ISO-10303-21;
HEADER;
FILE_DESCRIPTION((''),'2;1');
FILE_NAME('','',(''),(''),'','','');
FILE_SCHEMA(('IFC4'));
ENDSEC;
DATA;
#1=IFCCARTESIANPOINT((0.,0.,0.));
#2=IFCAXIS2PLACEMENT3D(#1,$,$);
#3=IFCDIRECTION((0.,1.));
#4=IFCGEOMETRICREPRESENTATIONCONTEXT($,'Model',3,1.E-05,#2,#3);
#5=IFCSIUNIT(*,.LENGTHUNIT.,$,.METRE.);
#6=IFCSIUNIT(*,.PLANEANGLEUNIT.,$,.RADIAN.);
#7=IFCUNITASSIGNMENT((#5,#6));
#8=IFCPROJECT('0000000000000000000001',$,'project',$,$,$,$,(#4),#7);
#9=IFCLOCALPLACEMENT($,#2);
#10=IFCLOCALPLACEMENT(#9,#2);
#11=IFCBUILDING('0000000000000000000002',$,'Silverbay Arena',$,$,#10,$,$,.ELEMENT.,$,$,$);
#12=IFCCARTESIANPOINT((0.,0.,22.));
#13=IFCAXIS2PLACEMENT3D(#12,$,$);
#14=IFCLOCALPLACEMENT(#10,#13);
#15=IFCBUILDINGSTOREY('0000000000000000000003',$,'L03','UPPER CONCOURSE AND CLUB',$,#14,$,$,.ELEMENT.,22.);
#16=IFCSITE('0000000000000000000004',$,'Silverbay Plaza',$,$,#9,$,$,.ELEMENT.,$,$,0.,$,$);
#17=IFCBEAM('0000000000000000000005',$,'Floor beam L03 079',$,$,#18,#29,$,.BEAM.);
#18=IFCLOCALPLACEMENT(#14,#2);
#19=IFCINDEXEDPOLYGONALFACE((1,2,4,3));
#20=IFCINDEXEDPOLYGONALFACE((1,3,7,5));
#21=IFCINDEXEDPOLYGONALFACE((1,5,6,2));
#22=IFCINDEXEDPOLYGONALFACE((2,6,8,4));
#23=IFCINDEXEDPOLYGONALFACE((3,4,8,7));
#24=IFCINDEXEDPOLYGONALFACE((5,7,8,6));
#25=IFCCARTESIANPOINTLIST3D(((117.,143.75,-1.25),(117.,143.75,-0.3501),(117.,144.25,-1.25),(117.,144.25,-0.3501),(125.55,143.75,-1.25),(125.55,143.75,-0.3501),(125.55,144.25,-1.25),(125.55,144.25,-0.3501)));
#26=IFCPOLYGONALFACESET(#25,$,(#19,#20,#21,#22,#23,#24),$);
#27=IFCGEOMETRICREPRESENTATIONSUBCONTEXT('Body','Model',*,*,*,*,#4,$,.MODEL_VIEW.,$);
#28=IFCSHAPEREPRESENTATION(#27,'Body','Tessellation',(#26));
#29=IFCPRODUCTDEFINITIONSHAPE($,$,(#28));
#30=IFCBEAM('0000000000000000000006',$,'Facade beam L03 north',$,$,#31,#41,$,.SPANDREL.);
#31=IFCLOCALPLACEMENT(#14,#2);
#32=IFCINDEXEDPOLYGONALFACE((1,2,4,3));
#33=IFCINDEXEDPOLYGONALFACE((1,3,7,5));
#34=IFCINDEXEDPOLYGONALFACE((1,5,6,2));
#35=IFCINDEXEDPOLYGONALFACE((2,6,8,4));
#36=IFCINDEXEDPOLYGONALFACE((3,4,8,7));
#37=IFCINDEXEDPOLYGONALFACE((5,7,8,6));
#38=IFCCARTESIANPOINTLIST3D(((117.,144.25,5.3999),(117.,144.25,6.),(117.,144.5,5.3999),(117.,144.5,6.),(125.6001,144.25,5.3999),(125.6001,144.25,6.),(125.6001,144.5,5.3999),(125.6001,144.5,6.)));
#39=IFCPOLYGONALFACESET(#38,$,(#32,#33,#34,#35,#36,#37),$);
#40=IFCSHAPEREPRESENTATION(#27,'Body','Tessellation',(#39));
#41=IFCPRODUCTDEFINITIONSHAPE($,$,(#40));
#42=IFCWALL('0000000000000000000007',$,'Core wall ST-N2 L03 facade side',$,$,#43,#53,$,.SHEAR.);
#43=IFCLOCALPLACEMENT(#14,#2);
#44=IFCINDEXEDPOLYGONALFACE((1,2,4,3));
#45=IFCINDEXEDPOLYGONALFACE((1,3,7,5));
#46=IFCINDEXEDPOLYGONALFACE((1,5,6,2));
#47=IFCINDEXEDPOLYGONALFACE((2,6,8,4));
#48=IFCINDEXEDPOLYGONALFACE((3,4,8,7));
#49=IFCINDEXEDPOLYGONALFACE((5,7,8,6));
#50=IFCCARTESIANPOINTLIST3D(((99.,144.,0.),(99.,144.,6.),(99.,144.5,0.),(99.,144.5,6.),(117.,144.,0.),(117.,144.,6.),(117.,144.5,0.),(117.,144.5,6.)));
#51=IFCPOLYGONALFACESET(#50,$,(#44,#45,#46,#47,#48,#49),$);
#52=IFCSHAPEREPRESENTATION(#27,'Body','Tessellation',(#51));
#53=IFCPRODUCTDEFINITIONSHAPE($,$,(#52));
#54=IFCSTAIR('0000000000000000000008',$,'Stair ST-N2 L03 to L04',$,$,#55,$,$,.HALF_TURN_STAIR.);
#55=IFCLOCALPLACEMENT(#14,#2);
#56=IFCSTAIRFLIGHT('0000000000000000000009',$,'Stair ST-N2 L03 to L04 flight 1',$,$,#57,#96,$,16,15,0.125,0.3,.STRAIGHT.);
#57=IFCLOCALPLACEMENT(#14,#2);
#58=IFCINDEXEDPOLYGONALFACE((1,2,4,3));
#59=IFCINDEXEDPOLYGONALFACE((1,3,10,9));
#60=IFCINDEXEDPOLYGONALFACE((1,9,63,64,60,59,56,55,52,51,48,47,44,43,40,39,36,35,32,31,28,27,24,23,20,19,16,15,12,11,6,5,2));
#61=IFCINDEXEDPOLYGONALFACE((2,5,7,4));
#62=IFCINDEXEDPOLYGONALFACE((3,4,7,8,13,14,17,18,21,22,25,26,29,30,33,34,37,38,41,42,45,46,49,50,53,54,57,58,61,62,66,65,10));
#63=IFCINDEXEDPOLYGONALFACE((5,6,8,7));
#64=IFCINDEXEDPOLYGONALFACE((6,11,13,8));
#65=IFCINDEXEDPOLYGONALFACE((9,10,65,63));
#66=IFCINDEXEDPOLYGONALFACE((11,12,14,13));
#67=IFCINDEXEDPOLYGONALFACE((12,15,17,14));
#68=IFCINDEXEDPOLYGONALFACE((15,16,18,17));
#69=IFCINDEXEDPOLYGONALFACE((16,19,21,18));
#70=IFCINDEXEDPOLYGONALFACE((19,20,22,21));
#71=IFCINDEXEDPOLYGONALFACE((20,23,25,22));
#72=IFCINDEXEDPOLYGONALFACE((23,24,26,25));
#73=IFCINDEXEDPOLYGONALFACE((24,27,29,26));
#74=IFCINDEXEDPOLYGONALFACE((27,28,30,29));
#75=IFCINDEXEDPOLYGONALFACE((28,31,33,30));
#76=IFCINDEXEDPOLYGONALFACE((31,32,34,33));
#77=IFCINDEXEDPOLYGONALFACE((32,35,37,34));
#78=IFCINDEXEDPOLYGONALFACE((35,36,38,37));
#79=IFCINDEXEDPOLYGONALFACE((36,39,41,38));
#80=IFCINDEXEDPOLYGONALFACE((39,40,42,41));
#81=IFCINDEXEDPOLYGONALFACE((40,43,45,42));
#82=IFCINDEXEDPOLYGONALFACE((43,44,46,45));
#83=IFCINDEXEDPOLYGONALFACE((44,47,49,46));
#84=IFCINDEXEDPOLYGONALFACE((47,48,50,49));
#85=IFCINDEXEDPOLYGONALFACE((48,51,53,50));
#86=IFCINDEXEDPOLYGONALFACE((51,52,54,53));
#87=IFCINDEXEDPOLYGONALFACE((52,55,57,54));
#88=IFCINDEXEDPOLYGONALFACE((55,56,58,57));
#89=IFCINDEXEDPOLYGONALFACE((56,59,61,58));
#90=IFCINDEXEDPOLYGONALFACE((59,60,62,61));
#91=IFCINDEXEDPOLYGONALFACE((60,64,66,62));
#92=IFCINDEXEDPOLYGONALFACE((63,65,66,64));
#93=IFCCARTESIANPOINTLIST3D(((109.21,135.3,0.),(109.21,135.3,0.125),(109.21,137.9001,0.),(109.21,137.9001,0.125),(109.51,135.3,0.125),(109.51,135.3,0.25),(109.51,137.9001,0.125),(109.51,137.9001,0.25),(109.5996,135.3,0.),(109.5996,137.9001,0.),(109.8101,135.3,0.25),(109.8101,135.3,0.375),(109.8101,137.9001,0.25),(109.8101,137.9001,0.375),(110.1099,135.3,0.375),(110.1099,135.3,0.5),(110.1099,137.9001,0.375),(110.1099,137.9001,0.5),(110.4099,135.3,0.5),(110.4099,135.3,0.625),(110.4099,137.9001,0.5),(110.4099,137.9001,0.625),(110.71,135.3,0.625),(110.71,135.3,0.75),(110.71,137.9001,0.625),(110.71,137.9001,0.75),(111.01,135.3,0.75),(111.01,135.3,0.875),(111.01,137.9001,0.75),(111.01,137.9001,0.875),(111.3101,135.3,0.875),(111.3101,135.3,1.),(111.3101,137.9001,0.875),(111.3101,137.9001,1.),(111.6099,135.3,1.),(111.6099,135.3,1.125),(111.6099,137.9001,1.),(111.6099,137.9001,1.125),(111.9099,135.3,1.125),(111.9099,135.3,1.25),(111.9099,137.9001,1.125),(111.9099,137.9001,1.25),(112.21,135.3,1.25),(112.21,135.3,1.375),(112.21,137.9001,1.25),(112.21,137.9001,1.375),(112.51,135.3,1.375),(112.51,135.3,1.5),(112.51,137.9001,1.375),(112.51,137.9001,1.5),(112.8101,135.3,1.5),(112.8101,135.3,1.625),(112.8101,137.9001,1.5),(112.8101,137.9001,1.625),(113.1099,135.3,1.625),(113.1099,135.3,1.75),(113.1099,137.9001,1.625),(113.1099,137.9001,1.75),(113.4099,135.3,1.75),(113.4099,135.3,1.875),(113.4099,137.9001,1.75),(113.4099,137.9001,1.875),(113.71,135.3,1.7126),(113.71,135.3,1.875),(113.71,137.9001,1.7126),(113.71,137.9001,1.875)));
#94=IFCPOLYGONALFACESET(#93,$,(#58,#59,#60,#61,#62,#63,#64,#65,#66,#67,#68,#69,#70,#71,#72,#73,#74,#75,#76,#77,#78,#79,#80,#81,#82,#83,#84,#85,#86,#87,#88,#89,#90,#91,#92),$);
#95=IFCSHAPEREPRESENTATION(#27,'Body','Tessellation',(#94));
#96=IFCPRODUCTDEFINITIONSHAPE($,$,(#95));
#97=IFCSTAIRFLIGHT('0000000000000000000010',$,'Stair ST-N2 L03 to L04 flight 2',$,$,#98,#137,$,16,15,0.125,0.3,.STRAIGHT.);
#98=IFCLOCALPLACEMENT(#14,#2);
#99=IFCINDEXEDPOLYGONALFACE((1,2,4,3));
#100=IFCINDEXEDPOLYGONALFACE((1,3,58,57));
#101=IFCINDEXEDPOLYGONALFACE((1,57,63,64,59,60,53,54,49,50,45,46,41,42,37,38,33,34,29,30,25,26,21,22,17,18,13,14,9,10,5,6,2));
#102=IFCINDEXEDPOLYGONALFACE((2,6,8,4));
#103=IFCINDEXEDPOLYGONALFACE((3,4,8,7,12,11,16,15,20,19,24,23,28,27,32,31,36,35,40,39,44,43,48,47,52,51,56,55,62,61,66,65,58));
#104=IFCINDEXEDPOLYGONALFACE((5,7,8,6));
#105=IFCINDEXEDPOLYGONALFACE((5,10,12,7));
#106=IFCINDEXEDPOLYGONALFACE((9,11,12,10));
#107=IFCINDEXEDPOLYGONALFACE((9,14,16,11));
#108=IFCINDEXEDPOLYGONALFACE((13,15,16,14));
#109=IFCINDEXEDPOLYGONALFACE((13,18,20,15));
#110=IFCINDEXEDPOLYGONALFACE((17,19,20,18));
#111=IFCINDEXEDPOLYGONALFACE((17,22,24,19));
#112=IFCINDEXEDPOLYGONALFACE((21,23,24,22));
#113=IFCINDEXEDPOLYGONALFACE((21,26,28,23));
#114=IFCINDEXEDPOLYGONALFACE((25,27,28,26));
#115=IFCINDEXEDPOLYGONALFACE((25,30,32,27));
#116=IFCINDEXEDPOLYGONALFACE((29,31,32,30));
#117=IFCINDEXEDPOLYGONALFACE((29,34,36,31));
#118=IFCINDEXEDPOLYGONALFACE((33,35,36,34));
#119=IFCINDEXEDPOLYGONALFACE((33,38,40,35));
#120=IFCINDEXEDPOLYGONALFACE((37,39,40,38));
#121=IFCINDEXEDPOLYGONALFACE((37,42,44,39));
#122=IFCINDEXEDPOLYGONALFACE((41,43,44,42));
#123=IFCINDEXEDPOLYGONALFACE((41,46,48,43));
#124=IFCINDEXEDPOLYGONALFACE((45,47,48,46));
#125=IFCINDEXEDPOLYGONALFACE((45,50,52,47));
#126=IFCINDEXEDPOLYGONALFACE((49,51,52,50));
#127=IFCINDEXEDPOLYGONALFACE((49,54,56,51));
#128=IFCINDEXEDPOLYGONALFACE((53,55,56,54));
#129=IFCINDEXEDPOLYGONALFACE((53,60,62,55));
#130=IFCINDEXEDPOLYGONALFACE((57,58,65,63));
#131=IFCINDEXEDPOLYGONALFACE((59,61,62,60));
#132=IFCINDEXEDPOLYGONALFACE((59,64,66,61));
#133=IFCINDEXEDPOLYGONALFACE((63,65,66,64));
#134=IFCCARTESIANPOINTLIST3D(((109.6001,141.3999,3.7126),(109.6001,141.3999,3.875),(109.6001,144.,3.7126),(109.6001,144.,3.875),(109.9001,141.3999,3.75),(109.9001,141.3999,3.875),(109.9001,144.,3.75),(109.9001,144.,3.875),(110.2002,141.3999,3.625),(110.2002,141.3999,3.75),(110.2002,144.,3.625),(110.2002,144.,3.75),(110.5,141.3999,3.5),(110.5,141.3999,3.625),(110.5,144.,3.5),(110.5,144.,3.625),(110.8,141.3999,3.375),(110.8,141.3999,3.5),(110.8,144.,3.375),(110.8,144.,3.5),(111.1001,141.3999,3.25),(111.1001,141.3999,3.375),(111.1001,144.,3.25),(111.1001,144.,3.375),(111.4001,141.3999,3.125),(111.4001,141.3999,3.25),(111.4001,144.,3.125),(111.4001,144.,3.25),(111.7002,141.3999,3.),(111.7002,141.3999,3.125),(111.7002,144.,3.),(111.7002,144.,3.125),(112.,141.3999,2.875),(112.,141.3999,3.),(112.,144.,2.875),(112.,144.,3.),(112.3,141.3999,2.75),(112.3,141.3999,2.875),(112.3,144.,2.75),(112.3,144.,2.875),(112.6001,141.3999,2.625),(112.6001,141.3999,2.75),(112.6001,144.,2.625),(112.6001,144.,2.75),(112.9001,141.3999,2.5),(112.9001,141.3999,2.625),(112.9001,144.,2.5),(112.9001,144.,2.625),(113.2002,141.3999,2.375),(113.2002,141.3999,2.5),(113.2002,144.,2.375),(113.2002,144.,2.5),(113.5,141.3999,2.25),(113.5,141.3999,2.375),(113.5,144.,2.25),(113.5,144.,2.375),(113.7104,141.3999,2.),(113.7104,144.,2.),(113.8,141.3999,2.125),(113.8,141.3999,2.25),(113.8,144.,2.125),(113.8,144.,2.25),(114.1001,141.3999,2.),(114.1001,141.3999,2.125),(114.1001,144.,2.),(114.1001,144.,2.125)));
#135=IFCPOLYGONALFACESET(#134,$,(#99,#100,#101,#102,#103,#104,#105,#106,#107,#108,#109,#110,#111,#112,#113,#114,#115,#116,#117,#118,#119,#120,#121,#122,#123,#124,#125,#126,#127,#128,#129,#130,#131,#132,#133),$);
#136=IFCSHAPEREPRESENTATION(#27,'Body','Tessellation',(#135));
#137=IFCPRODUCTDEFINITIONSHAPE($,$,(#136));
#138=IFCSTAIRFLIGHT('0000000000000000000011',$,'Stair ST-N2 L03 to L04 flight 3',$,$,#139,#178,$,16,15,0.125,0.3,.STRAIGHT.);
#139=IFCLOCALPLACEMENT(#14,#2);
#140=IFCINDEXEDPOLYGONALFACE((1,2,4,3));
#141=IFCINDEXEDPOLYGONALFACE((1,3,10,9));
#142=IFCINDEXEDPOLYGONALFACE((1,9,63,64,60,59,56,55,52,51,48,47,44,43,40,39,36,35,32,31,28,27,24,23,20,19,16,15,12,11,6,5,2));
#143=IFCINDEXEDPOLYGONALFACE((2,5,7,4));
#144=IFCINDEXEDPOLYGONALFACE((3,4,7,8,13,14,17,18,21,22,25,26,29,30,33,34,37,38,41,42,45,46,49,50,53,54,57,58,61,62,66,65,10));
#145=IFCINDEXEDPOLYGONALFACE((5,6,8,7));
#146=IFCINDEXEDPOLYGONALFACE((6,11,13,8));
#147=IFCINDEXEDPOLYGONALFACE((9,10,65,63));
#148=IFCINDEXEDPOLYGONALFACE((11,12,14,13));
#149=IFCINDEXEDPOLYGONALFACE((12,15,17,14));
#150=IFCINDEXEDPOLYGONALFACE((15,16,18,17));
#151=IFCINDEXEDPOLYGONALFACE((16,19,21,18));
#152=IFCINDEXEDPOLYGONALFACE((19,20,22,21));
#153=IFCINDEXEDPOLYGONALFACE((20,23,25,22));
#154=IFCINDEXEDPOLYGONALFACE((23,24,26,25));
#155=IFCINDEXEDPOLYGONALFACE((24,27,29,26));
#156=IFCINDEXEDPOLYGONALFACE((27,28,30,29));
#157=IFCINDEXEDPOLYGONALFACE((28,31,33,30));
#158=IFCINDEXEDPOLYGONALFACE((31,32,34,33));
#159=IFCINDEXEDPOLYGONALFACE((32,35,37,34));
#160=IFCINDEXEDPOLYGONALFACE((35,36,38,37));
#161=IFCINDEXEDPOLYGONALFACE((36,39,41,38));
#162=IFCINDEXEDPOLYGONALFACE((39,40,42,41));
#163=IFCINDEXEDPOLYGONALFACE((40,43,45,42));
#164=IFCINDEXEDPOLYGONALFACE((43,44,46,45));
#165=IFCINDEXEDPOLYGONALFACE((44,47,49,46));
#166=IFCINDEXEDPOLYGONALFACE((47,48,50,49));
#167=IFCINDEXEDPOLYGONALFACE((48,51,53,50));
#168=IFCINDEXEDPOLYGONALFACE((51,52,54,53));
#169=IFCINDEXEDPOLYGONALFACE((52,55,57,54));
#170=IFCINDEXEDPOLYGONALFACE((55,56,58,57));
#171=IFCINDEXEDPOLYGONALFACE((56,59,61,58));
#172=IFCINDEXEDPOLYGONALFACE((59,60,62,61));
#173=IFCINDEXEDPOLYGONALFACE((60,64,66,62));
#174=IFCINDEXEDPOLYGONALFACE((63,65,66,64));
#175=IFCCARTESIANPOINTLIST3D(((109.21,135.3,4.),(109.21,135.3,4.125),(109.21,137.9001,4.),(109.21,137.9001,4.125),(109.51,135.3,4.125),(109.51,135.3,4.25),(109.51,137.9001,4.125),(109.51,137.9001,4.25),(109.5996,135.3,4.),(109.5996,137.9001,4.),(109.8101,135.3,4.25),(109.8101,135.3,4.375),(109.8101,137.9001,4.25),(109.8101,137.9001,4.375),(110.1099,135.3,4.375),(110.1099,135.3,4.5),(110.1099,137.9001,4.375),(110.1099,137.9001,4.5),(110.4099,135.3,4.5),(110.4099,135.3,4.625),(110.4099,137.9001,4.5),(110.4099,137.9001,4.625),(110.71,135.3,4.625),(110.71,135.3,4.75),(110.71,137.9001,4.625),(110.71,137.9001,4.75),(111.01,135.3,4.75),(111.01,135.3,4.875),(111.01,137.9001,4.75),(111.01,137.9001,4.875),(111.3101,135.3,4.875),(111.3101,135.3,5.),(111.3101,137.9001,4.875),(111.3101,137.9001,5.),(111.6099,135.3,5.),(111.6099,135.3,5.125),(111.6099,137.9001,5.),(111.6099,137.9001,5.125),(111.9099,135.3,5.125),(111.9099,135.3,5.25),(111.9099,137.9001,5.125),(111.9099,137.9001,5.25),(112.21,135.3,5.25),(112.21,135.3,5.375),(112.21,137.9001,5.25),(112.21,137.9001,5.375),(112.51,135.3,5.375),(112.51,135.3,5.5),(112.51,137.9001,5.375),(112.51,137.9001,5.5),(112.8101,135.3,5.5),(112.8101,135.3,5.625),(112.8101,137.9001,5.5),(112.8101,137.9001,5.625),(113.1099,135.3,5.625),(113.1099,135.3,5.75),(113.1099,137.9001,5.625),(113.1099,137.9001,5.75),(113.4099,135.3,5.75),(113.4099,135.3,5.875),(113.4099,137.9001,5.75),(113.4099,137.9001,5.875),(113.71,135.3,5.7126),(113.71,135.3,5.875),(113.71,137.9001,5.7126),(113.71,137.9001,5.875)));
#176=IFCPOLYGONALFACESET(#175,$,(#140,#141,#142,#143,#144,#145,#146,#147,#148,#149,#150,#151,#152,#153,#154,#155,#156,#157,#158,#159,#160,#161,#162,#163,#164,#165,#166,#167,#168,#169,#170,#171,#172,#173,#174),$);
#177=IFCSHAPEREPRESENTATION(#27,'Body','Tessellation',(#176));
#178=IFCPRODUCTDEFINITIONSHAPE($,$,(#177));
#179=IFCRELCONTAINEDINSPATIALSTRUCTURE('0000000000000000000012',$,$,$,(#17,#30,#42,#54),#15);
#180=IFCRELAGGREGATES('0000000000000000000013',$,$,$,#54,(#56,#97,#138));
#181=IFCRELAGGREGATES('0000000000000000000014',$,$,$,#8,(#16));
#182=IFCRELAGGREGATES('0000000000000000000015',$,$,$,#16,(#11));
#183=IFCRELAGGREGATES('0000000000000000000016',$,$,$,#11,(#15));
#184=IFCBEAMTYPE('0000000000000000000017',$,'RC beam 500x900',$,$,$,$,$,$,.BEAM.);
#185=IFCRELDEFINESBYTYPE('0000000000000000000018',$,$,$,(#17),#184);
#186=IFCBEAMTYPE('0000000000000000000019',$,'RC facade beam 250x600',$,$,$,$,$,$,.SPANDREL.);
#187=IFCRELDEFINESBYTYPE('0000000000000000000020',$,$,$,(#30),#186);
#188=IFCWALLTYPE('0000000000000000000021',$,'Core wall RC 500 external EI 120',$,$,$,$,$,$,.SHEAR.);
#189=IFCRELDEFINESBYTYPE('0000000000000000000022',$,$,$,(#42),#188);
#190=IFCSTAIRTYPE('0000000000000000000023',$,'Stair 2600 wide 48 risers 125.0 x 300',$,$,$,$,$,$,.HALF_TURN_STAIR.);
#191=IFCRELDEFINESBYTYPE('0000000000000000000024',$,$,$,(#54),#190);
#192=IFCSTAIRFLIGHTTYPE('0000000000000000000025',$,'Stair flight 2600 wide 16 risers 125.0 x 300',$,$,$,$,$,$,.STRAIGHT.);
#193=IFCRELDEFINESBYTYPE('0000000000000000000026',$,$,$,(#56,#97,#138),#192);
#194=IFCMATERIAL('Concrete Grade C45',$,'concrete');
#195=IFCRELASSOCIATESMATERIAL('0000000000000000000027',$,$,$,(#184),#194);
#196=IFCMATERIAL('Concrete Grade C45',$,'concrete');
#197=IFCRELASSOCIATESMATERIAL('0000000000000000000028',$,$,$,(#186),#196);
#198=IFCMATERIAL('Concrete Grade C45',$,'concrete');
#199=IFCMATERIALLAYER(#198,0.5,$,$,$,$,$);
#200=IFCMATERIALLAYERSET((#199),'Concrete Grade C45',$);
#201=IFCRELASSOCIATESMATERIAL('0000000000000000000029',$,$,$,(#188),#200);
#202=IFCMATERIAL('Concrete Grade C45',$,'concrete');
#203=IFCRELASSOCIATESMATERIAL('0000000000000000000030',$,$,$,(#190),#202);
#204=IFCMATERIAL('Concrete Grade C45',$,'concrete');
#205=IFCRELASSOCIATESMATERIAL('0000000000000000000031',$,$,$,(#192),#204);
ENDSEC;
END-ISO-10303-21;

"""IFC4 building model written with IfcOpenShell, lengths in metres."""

from ifc_helpers import new_model, si_unit, direction, frame, frame_2d, origin, origin_2d, place, context, subcontext, project, spatial, polyline, rectangle, outline, extrude, material, layer, layer_set, material_profile, profile_set, type_object, element, aggregate, save


model = new_model("IFC4")

# Units and contexts
model_context = context("Model", 3, precision=1e-05, world=origin(), true_north=direction((0.0, 1.0)))
body_context = subcontext(model_context, "Body", "Model", "MODEL_VIEW")
ifc_project = project(units=[si_unit("LENGTHUNIT", "METRE"), si_unit("PLANEANGLEUNIT", "RADIAN")], contexts=[model_context])

# Site, building, storey
site_placement = place(None, origin())
site = spatial("IfcSite", under=ifc_project, at=site_placement, Name="Silverbay Plaza", CompositionType="ELEMENT", RefElevation=0.0)
building_placement = place(site_placement, origin())
building = spatial("IfcBuilding", under=site, at=building_placement, Name="Silverbay Arena", CompositionType="ELEMENT")
storey_placement = place(building_placement, frame((0.0, 0.0, 22.0)))
storey = spatial("IfcBuildingStorey", under=building, at=storey_placement, Name="L03", Description="UPPER CONCOURSE AND CLUB", CompositionType="ELEMENT", Elevation=22.0)

# Beams
ifc_material_1 = material(Name="Concrete Grade C45", Category="concrete")
ifc_material_profile_1 = material_profile(ifc_material_1, rectangle(XDim=0.5, YDim=0.8999, at=origin_2d()), Name="RC 500x900")
ifc_profile_set_1 = profile_set([ifc_material_profile_1], Name="Concrete Grade C45")
beam_type_1 = type_object("IfcBeamType", Name="RC beam 500x900", PredefinedType="BEAM", material=ifc_profile_set_1)
beam_1_placement = place(storey_placement, frame((117.0, 144.0, -0.8), z_axis=(1.0, 0.0, 0.0), x_axis=(0.0, 1.0, 0.0)))
element("IfcBeam", 1, at=beam_1_placement, inside=storey, type_object=beam_type_1, Name="Floor beam L03 079", PredefinedType="BEAM", context=body_context, shape_type="SweptSolid", body=[
    extrude(rectangle(XDim=0.5, YDim=0.8999, at=origin_2d()), origin(), (0.0, 0.0, 1.0), 8.55),
])
ifc_material_2 = material(Name="Concrete Grade C45", Category="concrete")
ifc_material_profile_2 = material_profile(ifc_material_2, rectangle(XDim=0.25, YDim=0.6001, at=origin_2d()), Name="RC 250x600")
ifc_profile_set_2 = profile_set([ifc_material_profile_2], Name="Concrete Grade C45")
beam_type_2 = type_object("IfcBeamType", Name="RC facade beam 250x600", PredefinedType="SPANDREL", material=ifc_profile_set_2)
beam_2_placement = place(storey_placement, frame((117.0, 144.375, 5.7), z_axis=(1.0, 0.0, 0.0), x_axis=(0.0, 1.0, 0.0)))
element("IfcBeam", 2, at=beam_2_placement, inside=storey, type_object=beam_type_2, Name="Facade beam L03 north", PredefinedType="SPANDREL", context=body_context, shape_type="SweptSolid", body=[
    extrude(rectangle(XDim=0.25, YDim=0.6001, at=origin_2d()), origin(), (0.0, 0.0, 1.0), 8.6001),
])

# Wall
ifc_material_3 = material(Name="Concrete Grade C45", Category="concrete")
ifc_layer = layer(ifc_material_3, 0.5)
ifc_layer_set = layer_set([ifc_layer], Name="Concrete Grade C45")
wall_type = type_object("IfcWallType", Name="Core wall RC 500 external EI 120", PredefinedType="SHEAR", material=ifc_layer_set)
wall_placement = place(storey_placement, frame((117.0, 144.25, 0.0), z_axis=(0.0, 0.0, 1.0), x_axis=(-1.0, 0.0, 0.0)))
element("IfcWall", 3, at=wall_placement, inside=storey, type_object=wall_type, Name="Core wall ST-N2 L03 facade side", PredefinedType="SHEAR", context=body_context, shape_type="SweptSolid", body=[
    extrude(rectangle(XDim=18.0, YDim=0.5, at=frame_2d((9.0, 0.0))), origin(), (0.0, 0.0, 1.0), 6.0),
])

# Stair, stair flights
ifc_material_4 = material(Name="Concrete Grade C45", Category="concrete")
stair_type = type_object("IfcStairType", Name="Stair 2600 wide 48 risers 125.0 x 300", PredefinedType="HALF_TURN_STAIR", material=ifc_material_4)
stair_placement = place(storey_placement, origin())
stair = element("IfcStair", 4, at=stair_placement, inside=storey, type_object=stair_type, Name="Stair ST-N2 L03 to L04", PredefinedType="HALF_TURN_STAIR")
ifc_material_5 = material(Name="Concrete Grade C45", Category="concrete")
stair_flight_type = type_object("IfcStairFlightType", Name="Stair flight 2600 wide 16 risers 125.0 x 300", PredefinedType="STRAIGHT", material=ifc_material_5)
stair_flight_1_placement = place(storey_placement, frame((109.21, 136.6001, 0.0), z_axis=(0.0, 0.0, 1.0), x_axis=(1.0, 0.0, 0.0)))
stair_flight_1 = element("IfcStairFlight", 5, at=stair_flight_1_placement, type_object=stair_flight_type, Name="Stair ST-N2 L03 to L04 flight 1", NumberOfRisers=16, NumberOfTreads=15, PredefinedType="STRAIGHT", RiserHeight=0.125, TreadLength=0.3, context=body_context, shape_type="SweptSolid", body=[
    extrude(outline(polyline([(0.0, 0.0), (0.0, 0.125), (0.3, 0.125), (0.3, 0.25), (0.6001, 0.25), (0.6001, 0.375), (0.8999, 0.375), (0.8999, 0.5), (1.2, 0.5), (1.2, 0.625), (1.5, 0.625), (1.5, 0.75), (1.8, 0.75), (1.8, 0.875), (2.1001, 0.875), (2.1001, 1.0), (2.3999, 1.0), (2.3999, 1.125), (2.7, 1.125), (2.7, 1.25), (3.0, 1.25), (3.0, 1.375), (3.3, 1.375), (3.3, 1.5), (3.6001, 1.5), (3.6001, 1.625), (3.8999, 1.625), (3.8999, 1.75), (4.2, 1.75), (4.2, 1.875), (4.5, 1.875), (4.5, 1.7126), (0.3896, 0.0), (0.0, 0.0)])), frame((0.0, 1.3, 0.0), z_axis=(0.0, -1.0, 0.0), x_axis=(1.0, 0.0, 0.0)), (0.0, 0.0, 1.0), 2.6001),
])
stair_flight_2_placement = place(storey_placement, frame((114.1001, 142.7, 2.0), z_axis=(0.0, 0.0, 1.0), x_axis=(-1.0, 0.0, 0.0)))
stair_flight_2 = element("IfcStairFlight", 6, at=stair_flight_2_placement, type_object=stair_flight_type, Name="Stair ST-N2 L03 to L04 flight 2", NumberOfRisers=16, NumberOfTreads=15, PredefinedType="STRAIGHT", RiserHeight=0.125, TreadLength=0.3, context=body_context, shape_type="SweptSolid", body=[
    extrude(outline(polyline([(0.0, 0.0), (0.0, 0.125), (0.3, 0.125), (0.3, 0.25), (0.6001, 0.25), (0.6001, 0.375), (0.8999, 0.375), (0.8999, 0.5), (1.2, 0.5), (1.2, 0.625), (1.5, 0.625), (1.5, 0.75), (1.8, 0.75), (1.8, 0.875), (2.1001, 0.875), (2.1001, 1.0), (2.3999, 1.0), (2.3999, 1.125), (2.7, 1.125), (2.7, 1.25), (3.0, 1.25), (3.0, 1.375), (3.3, 1.375), (3.3, 1.5), (3.6001, 1.5), (3.6001, 1.625), (3.8999, 1.625), (3.8999, 1.75), (4.2, 1.75), (4.2, 1.875), (4.5, 1.875), (4.5, 1.7126), (0.3896, 0.0), (0.0, 0.0)])), frame((0.0, 1.3, 0.0), z_axis=(0.0, -1.0, 0.0), x_axis=(1.0, 0.0, 0.0)), (0.0, 0.0, 1.0), 2.6001),
])
stair_flight_3_placement = place(storey_placement, frame((109.21, 136.6001, 4.0), z_axis=(0.0, 0.0, 1.0), x_axis=(1.0, 0.0, 0.0)))
stair_flight_3 = element("IfcStairFlight", 7, at=stair_flight_3_placement, type_object=stair_flight_type, Name="Stair ST-N2 L03 to L04 flight 3", NumberOfRisers=16, NumberOfTreads=15, PredefinedType="STRAIGHT", RiserHeight=0.125, TreadLength=0.3, context=body_context, shape_type="SweptSolid", body=[
    extrude(outline(polyline([(0.0, 0.0), (0.0, 0.125), (0.3, 0.125), (0.3, 0.25), (0.6001, 0.25), (0.6001, 0.375), (0.8999, 0.375), (0.8999, 0.5), (1.2, 0.5), (1.2, 0.625), (1.5, 0.625), (1.5, 0.75), (1.8, 0.75), (1.8, 0.875), (2.1001, 0.875), (2.1001, 1.0), (2.3999, 1.0), (2.3999, 1.125), (2.7, 1.125), (2.7, 1.25), (3.0, 1.25), (3.0, 1.375), (3.3, 1.375), (3.3, 1.5), (3.6001, 1.5), (3.6001, 1.625), (3.8999, 1.625), (3.8999, 1.75), (4.2, 1.75), (4.2, 1.875), (4.5, 1.875), (4.5, 1.7126), (0.3896, 0.0), (0.0, 0.0)])), frame((0.0, 1.3, 0.0), z_axis=(0.0, -1.0, 0.0), x_axis=(1.0, 0.0, 0.0)), (0.0, 0.0, 1.0), 2.6001),
])
aggregate(stair, [stair_flight_1, stair_flight_2, stair_flight_3])

save(model, "model.ifc")
